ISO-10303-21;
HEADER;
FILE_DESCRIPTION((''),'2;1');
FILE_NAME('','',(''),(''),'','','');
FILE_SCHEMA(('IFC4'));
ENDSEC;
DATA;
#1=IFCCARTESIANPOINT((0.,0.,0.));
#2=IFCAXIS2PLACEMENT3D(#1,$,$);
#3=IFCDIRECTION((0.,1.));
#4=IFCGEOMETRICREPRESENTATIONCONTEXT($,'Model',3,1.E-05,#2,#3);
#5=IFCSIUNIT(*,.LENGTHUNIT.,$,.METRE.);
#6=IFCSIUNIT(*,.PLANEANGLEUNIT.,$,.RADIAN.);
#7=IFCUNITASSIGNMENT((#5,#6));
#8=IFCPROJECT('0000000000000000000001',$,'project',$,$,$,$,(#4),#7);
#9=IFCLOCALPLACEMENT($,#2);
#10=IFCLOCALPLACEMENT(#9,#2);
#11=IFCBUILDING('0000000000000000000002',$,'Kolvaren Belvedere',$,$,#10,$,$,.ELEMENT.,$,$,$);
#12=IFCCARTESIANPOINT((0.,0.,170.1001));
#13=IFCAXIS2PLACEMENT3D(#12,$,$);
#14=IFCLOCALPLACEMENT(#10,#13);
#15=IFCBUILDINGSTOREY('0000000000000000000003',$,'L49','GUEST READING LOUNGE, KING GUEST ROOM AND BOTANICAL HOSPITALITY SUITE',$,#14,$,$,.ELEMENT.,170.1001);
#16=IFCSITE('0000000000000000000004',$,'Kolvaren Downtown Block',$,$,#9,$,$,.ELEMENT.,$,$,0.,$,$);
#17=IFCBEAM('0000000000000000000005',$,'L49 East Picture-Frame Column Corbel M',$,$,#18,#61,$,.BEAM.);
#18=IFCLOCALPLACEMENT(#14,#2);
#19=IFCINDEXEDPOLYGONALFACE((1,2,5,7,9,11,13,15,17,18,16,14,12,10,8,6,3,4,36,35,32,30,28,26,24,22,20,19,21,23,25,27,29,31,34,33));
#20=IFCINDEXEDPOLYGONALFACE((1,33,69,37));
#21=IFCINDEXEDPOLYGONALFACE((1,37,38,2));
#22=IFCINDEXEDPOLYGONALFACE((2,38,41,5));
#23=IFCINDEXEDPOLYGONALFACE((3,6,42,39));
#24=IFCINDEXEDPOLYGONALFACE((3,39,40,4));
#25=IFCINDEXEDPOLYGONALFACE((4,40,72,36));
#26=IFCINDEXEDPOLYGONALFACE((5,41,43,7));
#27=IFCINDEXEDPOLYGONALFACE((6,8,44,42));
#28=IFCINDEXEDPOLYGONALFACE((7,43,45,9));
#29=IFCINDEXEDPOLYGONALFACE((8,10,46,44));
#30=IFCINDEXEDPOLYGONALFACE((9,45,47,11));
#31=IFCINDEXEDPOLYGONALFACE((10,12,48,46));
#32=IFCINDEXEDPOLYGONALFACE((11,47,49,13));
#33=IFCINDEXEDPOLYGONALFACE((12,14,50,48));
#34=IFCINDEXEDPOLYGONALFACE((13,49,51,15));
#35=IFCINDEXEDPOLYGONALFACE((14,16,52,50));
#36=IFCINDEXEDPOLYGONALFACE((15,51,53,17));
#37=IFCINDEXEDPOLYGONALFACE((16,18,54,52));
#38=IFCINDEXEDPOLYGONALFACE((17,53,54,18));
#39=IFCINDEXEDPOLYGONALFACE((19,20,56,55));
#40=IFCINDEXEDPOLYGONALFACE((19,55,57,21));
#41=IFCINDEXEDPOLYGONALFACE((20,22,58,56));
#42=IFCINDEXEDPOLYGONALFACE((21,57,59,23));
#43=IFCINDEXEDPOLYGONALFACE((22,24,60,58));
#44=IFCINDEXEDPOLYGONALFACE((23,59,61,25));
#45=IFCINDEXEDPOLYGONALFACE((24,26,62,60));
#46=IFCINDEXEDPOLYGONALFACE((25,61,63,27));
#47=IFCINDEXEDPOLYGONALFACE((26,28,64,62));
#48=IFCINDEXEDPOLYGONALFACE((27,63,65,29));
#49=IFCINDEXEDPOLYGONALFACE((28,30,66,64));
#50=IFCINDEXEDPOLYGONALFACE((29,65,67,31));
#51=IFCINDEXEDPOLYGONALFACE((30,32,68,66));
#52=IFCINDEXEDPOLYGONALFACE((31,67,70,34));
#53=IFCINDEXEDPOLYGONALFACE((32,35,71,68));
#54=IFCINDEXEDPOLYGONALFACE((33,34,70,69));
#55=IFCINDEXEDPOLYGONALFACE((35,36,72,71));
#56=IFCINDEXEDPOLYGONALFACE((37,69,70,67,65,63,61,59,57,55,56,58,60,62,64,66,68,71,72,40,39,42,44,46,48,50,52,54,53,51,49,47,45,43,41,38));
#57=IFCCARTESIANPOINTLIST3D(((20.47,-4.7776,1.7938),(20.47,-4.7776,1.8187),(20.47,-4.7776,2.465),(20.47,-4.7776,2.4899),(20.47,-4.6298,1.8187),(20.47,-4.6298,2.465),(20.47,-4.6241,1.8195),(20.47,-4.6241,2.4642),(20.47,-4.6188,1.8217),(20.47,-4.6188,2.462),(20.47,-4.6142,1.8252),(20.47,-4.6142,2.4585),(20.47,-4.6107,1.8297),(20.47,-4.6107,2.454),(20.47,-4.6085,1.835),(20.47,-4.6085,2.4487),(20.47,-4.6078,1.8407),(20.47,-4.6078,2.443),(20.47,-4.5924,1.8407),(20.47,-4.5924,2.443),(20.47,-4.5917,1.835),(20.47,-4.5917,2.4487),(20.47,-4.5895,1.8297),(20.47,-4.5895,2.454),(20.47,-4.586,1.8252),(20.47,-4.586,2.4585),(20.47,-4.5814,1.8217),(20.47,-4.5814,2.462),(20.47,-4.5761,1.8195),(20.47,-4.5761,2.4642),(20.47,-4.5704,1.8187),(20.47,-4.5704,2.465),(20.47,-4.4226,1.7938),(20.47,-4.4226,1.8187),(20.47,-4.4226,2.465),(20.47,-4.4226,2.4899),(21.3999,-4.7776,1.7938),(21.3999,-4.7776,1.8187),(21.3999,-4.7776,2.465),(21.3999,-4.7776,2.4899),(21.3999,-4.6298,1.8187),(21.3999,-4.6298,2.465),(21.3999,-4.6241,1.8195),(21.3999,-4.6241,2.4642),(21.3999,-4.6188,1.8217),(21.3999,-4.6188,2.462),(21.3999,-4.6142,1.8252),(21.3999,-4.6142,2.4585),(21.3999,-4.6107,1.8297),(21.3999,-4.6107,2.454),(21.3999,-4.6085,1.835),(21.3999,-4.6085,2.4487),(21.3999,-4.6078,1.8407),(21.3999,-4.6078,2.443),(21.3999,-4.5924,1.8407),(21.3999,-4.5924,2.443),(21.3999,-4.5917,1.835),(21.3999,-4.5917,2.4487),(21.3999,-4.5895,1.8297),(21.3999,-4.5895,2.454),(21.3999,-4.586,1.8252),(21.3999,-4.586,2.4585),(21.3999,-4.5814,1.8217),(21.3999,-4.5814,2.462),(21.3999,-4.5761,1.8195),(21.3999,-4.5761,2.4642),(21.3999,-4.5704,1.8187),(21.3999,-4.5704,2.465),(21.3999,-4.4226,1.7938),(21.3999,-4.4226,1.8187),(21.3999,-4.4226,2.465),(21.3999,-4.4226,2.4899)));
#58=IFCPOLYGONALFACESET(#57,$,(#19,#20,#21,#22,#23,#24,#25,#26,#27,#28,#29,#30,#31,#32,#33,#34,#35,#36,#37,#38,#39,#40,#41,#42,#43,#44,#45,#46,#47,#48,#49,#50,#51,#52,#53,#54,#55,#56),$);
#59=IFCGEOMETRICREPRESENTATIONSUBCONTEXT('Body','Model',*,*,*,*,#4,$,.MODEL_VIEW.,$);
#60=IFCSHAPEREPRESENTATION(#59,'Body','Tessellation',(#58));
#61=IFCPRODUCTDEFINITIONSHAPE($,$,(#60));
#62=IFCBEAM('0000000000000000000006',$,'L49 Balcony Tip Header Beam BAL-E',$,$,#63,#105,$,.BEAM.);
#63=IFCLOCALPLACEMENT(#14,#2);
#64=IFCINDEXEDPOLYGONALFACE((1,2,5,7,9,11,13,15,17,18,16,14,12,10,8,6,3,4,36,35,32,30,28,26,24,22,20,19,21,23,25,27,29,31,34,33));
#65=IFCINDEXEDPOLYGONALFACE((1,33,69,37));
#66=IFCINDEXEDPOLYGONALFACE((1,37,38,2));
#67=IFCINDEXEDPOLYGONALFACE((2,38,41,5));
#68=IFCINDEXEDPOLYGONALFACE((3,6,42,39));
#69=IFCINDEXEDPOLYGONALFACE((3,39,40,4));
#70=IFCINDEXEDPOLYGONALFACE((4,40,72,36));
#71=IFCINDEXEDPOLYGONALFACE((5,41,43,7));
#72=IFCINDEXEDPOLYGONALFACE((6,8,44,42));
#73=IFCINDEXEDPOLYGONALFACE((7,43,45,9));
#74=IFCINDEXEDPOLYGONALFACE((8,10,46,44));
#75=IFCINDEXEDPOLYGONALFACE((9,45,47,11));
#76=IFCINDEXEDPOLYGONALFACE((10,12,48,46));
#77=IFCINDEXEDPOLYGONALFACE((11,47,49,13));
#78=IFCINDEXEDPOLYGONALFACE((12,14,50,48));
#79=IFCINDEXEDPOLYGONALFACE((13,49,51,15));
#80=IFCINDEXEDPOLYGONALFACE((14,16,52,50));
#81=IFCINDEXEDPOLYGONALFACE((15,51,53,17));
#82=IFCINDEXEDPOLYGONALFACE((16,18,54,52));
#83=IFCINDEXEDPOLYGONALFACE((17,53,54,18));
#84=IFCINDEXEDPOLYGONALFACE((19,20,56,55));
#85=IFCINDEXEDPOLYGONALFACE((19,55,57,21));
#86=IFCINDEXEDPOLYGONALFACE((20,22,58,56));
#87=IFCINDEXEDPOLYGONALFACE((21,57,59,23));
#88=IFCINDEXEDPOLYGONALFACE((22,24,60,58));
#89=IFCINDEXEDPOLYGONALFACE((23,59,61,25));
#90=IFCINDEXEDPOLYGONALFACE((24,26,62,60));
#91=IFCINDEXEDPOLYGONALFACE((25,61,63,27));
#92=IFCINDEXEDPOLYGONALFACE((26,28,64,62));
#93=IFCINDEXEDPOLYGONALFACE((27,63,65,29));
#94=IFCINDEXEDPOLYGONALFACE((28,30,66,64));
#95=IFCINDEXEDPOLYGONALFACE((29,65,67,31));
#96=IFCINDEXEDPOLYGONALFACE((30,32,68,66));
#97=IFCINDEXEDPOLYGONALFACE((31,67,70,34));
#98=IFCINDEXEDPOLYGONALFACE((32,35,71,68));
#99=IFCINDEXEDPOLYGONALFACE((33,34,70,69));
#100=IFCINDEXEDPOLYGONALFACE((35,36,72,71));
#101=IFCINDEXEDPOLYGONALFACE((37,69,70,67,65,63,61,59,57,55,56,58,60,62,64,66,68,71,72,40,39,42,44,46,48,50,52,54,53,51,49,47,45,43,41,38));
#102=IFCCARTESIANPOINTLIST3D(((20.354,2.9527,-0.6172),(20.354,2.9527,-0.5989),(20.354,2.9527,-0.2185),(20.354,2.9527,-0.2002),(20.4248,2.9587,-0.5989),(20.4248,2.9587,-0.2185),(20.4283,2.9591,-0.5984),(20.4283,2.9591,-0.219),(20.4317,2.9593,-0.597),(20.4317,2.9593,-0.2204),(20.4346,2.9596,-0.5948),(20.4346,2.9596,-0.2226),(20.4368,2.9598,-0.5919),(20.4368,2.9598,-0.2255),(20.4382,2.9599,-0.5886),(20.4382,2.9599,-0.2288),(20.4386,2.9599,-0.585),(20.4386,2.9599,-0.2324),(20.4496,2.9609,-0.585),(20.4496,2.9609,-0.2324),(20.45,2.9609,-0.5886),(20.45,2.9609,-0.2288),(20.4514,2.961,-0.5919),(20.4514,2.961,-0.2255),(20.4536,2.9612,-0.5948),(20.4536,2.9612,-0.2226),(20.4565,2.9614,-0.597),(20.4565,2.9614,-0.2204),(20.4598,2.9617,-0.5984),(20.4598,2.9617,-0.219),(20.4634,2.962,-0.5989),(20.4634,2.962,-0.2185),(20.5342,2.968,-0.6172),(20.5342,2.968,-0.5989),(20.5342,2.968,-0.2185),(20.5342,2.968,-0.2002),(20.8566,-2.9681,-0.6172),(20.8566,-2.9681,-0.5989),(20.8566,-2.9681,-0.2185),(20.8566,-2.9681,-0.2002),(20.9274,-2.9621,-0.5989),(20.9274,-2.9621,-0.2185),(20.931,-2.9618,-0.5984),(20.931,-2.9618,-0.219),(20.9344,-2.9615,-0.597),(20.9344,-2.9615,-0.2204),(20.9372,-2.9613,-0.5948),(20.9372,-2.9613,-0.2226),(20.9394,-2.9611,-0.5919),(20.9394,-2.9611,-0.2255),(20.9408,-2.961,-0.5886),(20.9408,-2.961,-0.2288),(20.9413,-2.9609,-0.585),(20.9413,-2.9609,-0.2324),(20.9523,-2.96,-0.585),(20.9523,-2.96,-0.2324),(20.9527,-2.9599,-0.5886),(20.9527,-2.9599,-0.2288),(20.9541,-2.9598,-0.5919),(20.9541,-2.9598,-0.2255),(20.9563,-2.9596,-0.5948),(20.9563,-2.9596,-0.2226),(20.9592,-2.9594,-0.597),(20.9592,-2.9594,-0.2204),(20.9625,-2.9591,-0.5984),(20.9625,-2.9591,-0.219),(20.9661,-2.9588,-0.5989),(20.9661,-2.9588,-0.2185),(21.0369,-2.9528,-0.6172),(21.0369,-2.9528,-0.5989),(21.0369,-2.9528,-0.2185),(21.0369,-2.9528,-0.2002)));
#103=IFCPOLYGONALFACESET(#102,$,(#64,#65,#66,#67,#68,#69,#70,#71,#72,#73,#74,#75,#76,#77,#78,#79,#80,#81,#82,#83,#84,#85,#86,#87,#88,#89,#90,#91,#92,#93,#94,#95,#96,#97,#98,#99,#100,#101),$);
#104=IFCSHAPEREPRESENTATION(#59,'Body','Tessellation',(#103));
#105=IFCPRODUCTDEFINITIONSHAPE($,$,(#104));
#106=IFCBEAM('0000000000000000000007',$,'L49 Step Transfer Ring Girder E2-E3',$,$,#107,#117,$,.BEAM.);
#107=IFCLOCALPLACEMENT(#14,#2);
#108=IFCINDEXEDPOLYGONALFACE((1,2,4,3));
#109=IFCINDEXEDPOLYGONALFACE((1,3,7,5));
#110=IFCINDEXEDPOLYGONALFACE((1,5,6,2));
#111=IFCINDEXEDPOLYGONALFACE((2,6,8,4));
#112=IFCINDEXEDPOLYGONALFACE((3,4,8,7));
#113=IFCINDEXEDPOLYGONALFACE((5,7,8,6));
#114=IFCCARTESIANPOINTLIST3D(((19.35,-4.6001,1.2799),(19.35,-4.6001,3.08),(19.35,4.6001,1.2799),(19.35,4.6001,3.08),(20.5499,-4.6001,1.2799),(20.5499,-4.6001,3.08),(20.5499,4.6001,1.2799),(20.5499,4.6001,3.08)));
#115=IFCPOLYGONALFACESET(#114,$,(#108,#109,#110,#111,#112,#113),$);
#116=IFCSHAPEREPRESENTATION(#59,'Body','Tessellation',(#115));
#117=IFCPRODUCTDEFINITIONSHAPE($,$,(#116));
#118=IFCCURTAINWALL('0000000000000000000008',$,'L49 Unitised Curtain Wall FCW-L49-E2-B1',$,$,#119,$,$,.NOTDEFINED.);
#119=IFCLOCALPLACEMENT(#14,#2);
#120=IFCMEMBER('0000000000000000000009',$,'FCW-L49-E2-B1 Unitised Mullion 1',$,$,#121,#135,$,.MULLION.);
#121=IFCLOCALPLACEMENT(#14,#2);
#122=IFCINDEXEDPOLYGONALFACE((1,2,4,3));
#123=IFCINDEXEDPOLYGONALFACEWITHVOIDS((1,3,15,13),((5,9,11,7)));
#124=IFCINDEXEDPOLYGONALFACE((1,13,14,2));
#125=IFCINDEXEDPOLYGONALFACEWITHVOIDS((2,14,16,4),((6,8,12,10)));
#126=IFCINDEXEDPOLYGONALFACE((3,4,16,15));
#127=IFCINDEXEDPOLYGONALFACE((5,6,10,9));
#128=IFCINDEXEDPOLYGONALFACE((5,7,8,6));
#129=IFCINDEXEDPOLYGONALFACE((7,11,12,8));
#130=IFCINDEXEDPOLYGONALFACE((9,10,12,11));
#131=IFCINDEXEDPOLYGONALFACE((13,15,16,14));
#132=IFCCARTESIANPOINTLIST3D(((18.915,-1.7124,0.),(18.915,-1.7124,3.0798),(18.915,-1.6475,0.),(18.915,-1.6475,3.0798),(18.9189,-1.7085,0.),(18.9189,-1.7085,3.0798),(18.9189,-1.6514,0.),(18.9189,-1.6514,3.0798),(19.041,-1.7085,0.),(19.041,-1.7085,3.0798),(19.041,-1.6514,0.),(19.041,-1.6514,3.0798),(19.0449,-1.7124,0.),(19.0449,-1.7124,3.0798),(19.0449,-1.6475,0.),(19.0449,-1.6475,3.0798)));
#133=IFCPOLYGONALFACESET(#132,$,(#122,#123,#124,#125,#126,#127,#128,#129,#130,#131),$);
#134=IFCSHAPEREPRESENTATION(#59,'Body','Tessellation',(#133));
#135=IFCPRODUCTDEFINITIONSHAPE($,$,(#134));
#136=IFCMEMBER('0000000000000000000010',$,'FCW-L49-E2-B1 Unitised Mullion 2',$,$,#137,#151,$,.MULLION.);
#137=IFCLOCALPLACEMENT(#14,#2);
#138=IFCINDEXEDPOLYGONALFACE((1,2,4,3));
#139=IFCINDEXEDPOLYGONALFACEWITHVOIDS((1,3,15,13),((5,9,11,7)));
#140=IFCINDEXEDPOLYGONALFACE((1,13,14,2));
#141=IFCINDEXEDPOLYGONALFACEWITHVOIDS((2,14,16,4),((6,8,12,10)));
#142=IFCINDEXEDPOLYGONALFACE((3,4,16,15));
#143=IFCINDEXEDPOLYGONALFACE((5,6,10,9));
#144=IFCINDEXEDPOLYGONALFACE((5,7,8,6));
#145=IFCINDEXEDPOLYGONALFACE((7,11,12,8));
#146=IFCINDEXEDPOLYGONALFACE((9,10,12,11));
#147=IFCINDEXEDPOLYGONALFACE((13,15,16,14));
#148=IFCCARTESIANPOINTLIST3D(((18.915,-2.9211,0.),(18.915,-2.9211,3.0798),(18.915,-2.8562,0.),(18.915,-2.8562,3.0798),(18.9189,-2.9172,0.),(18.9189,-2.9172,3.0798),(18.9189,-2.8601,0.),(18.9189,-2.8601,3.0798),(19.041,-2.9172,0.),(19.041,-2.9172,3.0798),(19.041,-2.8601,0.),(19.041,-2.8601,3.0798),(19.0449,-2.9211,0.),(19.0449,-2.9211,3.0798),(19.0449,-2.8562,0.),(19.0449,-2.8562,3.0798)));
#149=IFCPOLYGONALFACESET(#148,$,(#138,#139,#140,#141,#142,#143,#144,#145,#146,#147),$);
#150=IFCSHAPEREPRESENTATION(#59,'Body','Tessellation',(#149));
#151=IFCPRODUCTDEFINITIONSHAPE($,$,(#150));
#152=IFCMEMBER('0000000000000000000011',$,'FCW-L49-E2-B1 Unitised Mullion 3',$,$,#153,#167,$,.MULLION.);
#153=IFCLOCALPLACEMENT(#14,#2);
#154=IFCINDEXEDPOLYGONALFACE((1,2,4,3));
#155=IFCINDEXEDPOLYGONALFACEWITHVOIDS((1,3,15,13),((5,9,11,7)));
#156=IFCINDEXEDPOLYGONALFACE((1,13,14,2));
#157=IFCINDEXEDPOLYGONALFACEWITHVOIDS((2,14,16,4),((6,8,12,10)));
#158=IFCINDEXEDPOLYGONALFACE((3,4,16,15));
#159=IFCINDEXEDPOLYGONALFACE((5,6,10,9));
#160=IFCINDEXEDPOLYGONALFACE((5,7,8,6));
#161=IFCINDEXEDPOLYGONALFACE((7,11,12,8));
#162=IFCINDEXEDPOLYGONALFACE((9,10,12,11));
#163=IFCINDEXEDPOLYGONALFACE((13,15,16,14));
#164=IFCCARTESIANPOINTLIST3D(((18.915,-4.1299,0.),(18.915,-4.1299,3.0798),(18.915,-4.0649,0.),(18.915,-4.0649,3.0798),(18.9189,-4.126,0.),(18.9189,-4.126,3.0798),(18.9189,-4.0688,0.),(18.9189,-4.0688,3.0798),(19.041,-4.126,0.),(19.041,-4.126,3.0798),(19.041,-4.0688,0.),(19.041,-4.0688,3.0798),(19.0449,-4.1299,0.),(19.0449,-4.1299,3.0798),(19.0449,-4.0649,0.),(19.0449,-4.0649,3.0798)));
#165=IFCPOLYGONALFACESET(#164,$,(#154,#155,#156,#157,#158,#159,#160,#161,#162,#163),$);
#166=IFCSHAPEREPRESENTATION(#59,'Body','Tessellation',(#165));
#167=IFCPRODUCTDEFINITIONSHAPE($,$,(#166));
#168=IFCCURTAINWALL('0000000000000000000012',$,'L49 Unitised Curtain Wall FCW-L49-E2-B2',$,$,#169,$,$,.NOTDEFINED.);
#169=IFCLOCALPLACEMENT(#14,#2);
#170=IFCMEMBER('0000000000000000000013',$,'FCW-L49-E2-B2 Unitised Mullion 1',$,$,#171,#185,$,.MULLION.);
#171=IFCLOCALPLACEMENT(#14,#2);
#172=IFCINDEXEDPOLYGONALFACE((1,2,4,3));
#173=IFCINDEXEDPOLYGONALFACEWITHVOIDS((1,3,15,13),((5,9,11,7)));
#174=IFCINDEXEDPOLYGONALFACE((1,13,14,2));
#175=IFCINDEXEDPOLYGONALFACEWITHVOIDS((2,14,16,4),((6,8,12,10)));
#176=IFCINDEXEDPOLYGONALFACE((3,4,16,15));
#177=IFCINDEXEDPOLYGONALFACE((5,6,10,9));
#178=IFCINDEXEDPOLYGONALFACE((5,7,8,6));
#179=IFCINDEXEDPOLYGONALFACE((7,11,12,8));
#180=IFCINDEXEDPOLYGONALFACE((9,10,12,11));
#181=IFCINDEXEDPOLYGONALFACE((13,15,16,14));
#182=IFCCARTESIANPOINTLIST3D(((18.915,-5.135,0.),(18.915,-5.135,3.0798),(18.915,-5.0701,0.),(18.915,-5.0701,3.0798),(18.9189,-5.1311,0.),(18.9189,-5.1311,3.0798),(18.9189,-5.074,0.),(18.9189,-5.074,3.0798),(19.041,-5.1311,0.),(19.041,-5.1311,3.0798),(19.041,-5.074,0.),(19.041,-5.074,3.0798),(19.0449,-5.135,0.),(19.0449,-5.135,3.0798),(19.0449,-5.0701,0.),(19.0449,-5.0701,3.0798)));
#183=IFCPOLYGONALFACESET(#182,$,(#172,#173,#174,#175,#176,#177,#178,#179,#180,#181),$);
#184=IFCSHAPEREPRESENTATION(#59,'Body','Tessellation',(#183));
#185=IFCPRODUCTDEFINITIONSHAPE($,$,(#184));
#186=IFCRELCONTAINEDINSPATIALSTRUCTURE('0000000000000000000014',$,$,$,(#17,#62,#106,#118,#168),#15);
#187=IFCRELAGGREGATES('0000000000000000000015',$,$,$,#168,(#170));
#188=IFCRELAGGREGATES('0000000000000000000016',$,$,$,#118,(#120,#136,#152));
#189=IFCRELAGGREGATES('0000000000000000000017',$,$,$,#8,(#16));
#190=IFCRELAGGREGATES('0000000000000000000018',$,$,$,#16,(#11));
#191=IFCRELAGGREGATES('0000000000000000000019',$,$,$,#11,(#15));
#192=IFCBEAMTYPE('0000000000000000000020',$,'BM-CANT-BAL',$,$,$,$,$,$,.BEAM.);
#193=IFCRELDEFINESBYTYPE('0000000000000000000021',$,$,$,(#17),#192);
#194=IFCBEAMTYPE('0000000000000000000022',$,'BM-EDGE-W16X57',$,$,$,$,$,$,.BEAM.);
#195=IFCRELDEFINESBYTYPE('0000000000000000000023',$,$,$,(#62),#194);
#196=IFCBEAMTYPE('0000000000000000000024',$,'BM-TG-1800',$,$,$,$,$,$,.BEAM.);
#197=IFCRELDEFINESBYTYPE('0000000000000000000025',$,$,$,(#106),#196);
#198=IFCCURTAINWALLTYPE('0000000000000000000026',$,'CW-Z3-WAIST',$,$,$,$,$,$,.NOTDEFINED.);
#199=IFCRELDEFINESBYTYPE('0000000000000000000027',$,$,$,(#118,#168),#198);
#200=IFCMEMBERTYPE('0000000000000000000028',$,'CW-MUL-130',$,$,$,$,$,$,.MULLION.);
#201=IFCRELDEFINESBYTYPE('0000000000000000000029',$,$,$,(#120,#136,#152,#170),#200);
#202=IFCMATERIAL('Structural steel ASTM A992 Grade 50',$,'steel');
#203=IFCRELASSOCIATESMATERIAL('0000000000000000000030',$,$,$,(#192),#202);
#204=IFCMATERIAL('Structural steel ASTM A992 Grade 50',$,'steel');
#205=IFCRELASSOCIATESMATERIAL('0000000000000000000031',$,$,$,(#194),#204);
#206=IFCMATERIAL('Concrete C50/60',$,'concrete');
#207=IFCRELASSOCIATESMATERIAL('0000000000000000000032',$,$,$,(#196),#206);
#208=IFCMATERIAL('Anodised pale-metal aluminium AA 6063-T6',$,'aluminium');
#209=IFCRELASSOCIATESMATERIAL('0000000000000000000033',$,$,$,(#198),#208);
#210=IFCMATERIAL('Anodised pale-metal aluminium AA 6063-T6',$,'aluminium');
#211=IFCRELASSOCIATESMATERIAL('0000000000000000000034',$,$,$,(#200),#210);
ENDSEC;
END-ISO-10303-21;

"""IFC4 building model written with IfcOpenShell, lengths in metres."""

from ifc_helpers import new_model, si_unit, direction, frame, origin, origin_2d, place, context, subcontext, project, spatial, rectangle, hollow_rectangle, i_section, extrude, material, material_profile, profile_set, type_object, element, aggregate, save


model = new_model("IFC4")

# Units and contexts
model_context = context("Model", 3, precision=1e-05, world=origin(), true_north=direction((0.0, 1.0)))
body_context = subcontext(model_context, "Body", "Model", "MODEL_VIEW")
ifc_project = project(units=[si_unit("LENGTHUNIT", "METRE"), si_unit("PLANEANGLEUNIT", "RADIAN")], contexts=[model_context])

# Site, building, storey
site_placement = place(None, origin())
site = spatial("IfcSite", under=ifc_project, at=site_placement, Name="Kolvaren Downtown Block", CompositionType="ELEMENT", RefElevation=0.0)
building_placement = place(site_placement, origin())
building = spatial("IfcBuilding", under=site, at=building_placement, Name="Kolvaren Belvedere", CompositionType="ELEMENT")
storey_placement = place(building_placement, frame((0.0, 0.0, 170.1001)))
storey = spatial("IfcBuildingStorey", under=building, at=storey_placement, Name="L49", Description="GUEST READING LOUNGE, KING GUEST ROOM AND BOTANICAL HOSPITALITY SUITE", CompositionType="ELEMENT", Elevation=170.1001)

# Beams
ifc_material_1 = material(Name="Structural steel ASTM A992 Grade 50", Category="steel")
ifc_material_profile_1 = material_profile(ifc_material_1, i_section(OverallWidth=0.355, OverallDepth=0.696, WebThickness=0.0154, FlangeThickness=0.0249, FilletRadius=0.022, at=origin_2d()), Name="W27X146")
ifc_profile_set_1 = profile_set([ifc_material_profile_1], Name="Structural steel ASTM A992 Grade 50")
beam_type_1 = type_object("IfcBeamType", Name="BM-CANT-BAL", PredefinedType="BEAM", material=ifc_profile_set_1)
beam_1_placement = place(storey_placement, frame((20.47, -4.6001, 2.1418), z_axis=(1.0, 0.0, 0.0), x_axis=(0.0, 1.0, 0.0)))
element("IfcBeam", 1, at=beam_1_placement, inside=storey, type_object=beam_type_1, Name="L49 East Picture-Frame Column Corbel M", PredefinedType="BEAM", context=body_context, shape_type="SweptSolid", body=[
    extrude(i_section(OverallWidth=0.355, OverallDepth=0.696, WebThickness=0.0154, FlangeThickness=0.0249, FilletRadius=0.022, at=origin_2d()), origin(), (0.0, 0.0, 1.0), 0.9299),
])
ifc_material_2 = material(Name="Structural steel ASTM A992 Grade 50", Category="steel")
ifc_material_profile_2 = material_profile(ifc_material_2, i_section(OverallWidth=0.1809, OverallDepth=0.417, WebThickness=0.011, FlangeThickness=0.0183, FilletRadius=0.0139, at=origin_2d()), Name="W16X57")
ifc_profile_set_2 = profile_set([ifc_material_profile_2], Name="Structural steel ASTM A992 Grade 50")
beam_type_2 = type_object("IfcBeamType", Name="BM-EDGE-W16X57", PredefinedType="BEAM", material=ifc_profile_set_2)
beam_2_placement = place(storey_placement, frame((20.9468, -2.9604, -0.4087), z_axis=(-0.084596, 0.996415, 0.0), x_axis=(-0.996415, -0.084596, 0.0)))
element("IfcBeam", 2, at=beam_2_placement, inside=storey, type_object=beam_type_2, Name="L49 Balcony Tip Header Beam BAL-E", PredefinedType="BEAM", context=body_context, shape_type="SweptSolid", body=[
    extrude(i_section(OverallWidth=0.1809, OverallDepth=0.417, WebThickness=0.011, FlangeThickness=0.0183, FilletRadius=0.0139, at=origin_2d()), origin(), (0.0, 0.0, 1.0), 5.9421),
])
ifc_material_3 = material(Name="Concrete C50/60", Category="concrete")
ifc_material_profile_3 = material_profile(ifc_material_3, rectangle(XDim=1.2, YDim=1.8, at=origin_2d()), Name="RC 1200X1800")
ifc_profile_set_3 = profile_set([ifc_material_profile_3], Name="Concrete C50/60")
beam_type_3 = type_object("IfcBeamType", Name="BM-TG-1800", PredefinedType="BEAM", material=ifc_profile_set_3)
beam_3_placement = place(storey_placement, frame((19.95, -4.6001, 2.1799), z_axis=(0.0, 1.0, 0.0), x_axis=(-1.0, 0.0, 0.0)))
element("IfcBeam", 3, at=beam_3_placement, inside=storey, type_object=beam_type_3, Name="L49 Step Transfer Ring Girder E2-E3", PredefinedType="BEAM", context=body_context, shape_type="SweptSolid", body=[
    extrude(rectangle(XDim=1.2, YDim=1.8, at=origin_2d()), origin(), (0.0, 0.0, 1.0), 9.2002),
])

# Curtain wall, members
ifc_material_4 = material(Name="Anodised pale-metal aluminium AA 6063-T6", Category="aluminium")
curtain_wall_type = type_object("IfcCurtainWallType", Name="CW-Z3-WAIST", PredefinedType="NOTDEFINED", material=ifc_material_4)
curtain_wall_1_placement = place(storey_placement, origin())
curtain_wall_1 = element("IfcCurtainWall", 4, at=curtain_wall_1_placement, inside=storey, type_object=curtain_wall_type, Name="L49 Unitised Curtain Wall FCW-L49-E2-B1", PredefinedType="NOTDEFINED")
ifc_material_5 = material(Name="Anodised pale-metal aluminium AA 6063-T6", Category="aluminium")
ifc_material_profile_4 = material_profile(ifc_material_5, hollow_rectangle(XDim=0.0649, YDim=0.1299, WallThickness=0.0039, at=origin_2d()), Name="ALU-MUL-130X65")
ifc_profile_set_4 = profile_set([ifc_material_profile_4], Name="Anodised pale-metal aluminium AA 6063-T6")
member_type_1 = type_object("IfcMemberType", Name="CW-MUL-130", PredefinedType="MULLION", material=ifc_profile_set_4)
member_1_placement = place(storey_placement, frame((18.98, -1.6799, 0.0), z_axis=(0.0, 0.0, 1.0), x_axis=(0.0, 1.0, 0.0)))
member_1 = element("IfcMember", 5, at=member_1_placement, type_object=member_type_1, Name="FCW-L49-E2-B1 Unitised Mullion 1", PredefinedType="MULLION", context=body_context, shape_type="SweptSolid", body=[
    extrude(hollow_rectangle(XDim=0.0649, YDim=0.1299, WallThickness=0.0039, at=origin_2d()), origin(), (0.0, 0.0, 1.0), 3.0798),
])
member_2_placement = place(storey_placement, frame((18.98, -2.8887, 0.0), z_axis=(0.0, 0.0, 1.0), x_axis=(0.0, 1.0, 0.0)))
member_2 = element("IfcMember", 6, at=member_2_placement, type_object=member_type_1, Name="FCW-L49-E2-B1 Unitised Mullion 2", PredefinedType="MULLION", context=body_context, shape_type="SweptSolid", body=[
    extrude(hollow_rectangle(XDim=0.0649, YDim=0.1299, WallThickness=0.0039, at=origin_2d()), origin(), (0.0, 0.0, 1.0), 3.0798),
])
member_3_placement = place(storey_placement, frame((18.98, -4.0974, 0.0), z_axis=(0.0, 0.0, 1.0), x_axis=(0.0, 1.0, 0.0)))
member_3 = element("IfcMember", 7, at=member_3_placement, type_object=member_type_1, Name="FCW-L49-E2-B1 Unitised Mullion 3", PredefinedType="MULLION", context=body_context, shape_type="SweptSolid", body=[
    extrude(hollow_rectangle(XDim=0.0649, YDim=0.1299, WallThickness=0.0039, at=origin_2d()), origin(), (0.0, 0.0, 1.0), 3.0798),
])

# Curtain wall, member
curtain_wall_2_placement = place(storey_placement, origin())
curtain_wall_2 = element("IfcCurtainWall", 8, at=curtain_wall_2_placement, inside=storey, type_object=curtain_wall_type, Name="L49 Unitised Curtain Wall FCW-L49-E2-B2", PredefinedType="NOTDEFINED")
member_4_placement = place(storey_placement, frame((18.98, -5.1025, 0.0), z_axis=(0.0, 0.0, 1.0), x_axis=(0.0, 1.0, 0.0)))
member_4 = element("IfcMember", 9, at=member_4_placement, type_object=member_type_1, Name="FCW-L49-E2-B2 Unitised Mullion 1", PredefinedType="MULLION", context=body_context, shape_type="SweptSolid", body=[
    extrude(hollow_rectangle(XDim=0.0649, YDim=0.1299, WallThickness=0.0039, at=origin_2d()), origin(), (0.0, 0.0, 1.0), 3.0798),
])

aggregate(curtain_wall_2, [member_4])

aggregate(curtain_wall_1, [member_1, member_2, member_3])

save(model, "model.ifc")
